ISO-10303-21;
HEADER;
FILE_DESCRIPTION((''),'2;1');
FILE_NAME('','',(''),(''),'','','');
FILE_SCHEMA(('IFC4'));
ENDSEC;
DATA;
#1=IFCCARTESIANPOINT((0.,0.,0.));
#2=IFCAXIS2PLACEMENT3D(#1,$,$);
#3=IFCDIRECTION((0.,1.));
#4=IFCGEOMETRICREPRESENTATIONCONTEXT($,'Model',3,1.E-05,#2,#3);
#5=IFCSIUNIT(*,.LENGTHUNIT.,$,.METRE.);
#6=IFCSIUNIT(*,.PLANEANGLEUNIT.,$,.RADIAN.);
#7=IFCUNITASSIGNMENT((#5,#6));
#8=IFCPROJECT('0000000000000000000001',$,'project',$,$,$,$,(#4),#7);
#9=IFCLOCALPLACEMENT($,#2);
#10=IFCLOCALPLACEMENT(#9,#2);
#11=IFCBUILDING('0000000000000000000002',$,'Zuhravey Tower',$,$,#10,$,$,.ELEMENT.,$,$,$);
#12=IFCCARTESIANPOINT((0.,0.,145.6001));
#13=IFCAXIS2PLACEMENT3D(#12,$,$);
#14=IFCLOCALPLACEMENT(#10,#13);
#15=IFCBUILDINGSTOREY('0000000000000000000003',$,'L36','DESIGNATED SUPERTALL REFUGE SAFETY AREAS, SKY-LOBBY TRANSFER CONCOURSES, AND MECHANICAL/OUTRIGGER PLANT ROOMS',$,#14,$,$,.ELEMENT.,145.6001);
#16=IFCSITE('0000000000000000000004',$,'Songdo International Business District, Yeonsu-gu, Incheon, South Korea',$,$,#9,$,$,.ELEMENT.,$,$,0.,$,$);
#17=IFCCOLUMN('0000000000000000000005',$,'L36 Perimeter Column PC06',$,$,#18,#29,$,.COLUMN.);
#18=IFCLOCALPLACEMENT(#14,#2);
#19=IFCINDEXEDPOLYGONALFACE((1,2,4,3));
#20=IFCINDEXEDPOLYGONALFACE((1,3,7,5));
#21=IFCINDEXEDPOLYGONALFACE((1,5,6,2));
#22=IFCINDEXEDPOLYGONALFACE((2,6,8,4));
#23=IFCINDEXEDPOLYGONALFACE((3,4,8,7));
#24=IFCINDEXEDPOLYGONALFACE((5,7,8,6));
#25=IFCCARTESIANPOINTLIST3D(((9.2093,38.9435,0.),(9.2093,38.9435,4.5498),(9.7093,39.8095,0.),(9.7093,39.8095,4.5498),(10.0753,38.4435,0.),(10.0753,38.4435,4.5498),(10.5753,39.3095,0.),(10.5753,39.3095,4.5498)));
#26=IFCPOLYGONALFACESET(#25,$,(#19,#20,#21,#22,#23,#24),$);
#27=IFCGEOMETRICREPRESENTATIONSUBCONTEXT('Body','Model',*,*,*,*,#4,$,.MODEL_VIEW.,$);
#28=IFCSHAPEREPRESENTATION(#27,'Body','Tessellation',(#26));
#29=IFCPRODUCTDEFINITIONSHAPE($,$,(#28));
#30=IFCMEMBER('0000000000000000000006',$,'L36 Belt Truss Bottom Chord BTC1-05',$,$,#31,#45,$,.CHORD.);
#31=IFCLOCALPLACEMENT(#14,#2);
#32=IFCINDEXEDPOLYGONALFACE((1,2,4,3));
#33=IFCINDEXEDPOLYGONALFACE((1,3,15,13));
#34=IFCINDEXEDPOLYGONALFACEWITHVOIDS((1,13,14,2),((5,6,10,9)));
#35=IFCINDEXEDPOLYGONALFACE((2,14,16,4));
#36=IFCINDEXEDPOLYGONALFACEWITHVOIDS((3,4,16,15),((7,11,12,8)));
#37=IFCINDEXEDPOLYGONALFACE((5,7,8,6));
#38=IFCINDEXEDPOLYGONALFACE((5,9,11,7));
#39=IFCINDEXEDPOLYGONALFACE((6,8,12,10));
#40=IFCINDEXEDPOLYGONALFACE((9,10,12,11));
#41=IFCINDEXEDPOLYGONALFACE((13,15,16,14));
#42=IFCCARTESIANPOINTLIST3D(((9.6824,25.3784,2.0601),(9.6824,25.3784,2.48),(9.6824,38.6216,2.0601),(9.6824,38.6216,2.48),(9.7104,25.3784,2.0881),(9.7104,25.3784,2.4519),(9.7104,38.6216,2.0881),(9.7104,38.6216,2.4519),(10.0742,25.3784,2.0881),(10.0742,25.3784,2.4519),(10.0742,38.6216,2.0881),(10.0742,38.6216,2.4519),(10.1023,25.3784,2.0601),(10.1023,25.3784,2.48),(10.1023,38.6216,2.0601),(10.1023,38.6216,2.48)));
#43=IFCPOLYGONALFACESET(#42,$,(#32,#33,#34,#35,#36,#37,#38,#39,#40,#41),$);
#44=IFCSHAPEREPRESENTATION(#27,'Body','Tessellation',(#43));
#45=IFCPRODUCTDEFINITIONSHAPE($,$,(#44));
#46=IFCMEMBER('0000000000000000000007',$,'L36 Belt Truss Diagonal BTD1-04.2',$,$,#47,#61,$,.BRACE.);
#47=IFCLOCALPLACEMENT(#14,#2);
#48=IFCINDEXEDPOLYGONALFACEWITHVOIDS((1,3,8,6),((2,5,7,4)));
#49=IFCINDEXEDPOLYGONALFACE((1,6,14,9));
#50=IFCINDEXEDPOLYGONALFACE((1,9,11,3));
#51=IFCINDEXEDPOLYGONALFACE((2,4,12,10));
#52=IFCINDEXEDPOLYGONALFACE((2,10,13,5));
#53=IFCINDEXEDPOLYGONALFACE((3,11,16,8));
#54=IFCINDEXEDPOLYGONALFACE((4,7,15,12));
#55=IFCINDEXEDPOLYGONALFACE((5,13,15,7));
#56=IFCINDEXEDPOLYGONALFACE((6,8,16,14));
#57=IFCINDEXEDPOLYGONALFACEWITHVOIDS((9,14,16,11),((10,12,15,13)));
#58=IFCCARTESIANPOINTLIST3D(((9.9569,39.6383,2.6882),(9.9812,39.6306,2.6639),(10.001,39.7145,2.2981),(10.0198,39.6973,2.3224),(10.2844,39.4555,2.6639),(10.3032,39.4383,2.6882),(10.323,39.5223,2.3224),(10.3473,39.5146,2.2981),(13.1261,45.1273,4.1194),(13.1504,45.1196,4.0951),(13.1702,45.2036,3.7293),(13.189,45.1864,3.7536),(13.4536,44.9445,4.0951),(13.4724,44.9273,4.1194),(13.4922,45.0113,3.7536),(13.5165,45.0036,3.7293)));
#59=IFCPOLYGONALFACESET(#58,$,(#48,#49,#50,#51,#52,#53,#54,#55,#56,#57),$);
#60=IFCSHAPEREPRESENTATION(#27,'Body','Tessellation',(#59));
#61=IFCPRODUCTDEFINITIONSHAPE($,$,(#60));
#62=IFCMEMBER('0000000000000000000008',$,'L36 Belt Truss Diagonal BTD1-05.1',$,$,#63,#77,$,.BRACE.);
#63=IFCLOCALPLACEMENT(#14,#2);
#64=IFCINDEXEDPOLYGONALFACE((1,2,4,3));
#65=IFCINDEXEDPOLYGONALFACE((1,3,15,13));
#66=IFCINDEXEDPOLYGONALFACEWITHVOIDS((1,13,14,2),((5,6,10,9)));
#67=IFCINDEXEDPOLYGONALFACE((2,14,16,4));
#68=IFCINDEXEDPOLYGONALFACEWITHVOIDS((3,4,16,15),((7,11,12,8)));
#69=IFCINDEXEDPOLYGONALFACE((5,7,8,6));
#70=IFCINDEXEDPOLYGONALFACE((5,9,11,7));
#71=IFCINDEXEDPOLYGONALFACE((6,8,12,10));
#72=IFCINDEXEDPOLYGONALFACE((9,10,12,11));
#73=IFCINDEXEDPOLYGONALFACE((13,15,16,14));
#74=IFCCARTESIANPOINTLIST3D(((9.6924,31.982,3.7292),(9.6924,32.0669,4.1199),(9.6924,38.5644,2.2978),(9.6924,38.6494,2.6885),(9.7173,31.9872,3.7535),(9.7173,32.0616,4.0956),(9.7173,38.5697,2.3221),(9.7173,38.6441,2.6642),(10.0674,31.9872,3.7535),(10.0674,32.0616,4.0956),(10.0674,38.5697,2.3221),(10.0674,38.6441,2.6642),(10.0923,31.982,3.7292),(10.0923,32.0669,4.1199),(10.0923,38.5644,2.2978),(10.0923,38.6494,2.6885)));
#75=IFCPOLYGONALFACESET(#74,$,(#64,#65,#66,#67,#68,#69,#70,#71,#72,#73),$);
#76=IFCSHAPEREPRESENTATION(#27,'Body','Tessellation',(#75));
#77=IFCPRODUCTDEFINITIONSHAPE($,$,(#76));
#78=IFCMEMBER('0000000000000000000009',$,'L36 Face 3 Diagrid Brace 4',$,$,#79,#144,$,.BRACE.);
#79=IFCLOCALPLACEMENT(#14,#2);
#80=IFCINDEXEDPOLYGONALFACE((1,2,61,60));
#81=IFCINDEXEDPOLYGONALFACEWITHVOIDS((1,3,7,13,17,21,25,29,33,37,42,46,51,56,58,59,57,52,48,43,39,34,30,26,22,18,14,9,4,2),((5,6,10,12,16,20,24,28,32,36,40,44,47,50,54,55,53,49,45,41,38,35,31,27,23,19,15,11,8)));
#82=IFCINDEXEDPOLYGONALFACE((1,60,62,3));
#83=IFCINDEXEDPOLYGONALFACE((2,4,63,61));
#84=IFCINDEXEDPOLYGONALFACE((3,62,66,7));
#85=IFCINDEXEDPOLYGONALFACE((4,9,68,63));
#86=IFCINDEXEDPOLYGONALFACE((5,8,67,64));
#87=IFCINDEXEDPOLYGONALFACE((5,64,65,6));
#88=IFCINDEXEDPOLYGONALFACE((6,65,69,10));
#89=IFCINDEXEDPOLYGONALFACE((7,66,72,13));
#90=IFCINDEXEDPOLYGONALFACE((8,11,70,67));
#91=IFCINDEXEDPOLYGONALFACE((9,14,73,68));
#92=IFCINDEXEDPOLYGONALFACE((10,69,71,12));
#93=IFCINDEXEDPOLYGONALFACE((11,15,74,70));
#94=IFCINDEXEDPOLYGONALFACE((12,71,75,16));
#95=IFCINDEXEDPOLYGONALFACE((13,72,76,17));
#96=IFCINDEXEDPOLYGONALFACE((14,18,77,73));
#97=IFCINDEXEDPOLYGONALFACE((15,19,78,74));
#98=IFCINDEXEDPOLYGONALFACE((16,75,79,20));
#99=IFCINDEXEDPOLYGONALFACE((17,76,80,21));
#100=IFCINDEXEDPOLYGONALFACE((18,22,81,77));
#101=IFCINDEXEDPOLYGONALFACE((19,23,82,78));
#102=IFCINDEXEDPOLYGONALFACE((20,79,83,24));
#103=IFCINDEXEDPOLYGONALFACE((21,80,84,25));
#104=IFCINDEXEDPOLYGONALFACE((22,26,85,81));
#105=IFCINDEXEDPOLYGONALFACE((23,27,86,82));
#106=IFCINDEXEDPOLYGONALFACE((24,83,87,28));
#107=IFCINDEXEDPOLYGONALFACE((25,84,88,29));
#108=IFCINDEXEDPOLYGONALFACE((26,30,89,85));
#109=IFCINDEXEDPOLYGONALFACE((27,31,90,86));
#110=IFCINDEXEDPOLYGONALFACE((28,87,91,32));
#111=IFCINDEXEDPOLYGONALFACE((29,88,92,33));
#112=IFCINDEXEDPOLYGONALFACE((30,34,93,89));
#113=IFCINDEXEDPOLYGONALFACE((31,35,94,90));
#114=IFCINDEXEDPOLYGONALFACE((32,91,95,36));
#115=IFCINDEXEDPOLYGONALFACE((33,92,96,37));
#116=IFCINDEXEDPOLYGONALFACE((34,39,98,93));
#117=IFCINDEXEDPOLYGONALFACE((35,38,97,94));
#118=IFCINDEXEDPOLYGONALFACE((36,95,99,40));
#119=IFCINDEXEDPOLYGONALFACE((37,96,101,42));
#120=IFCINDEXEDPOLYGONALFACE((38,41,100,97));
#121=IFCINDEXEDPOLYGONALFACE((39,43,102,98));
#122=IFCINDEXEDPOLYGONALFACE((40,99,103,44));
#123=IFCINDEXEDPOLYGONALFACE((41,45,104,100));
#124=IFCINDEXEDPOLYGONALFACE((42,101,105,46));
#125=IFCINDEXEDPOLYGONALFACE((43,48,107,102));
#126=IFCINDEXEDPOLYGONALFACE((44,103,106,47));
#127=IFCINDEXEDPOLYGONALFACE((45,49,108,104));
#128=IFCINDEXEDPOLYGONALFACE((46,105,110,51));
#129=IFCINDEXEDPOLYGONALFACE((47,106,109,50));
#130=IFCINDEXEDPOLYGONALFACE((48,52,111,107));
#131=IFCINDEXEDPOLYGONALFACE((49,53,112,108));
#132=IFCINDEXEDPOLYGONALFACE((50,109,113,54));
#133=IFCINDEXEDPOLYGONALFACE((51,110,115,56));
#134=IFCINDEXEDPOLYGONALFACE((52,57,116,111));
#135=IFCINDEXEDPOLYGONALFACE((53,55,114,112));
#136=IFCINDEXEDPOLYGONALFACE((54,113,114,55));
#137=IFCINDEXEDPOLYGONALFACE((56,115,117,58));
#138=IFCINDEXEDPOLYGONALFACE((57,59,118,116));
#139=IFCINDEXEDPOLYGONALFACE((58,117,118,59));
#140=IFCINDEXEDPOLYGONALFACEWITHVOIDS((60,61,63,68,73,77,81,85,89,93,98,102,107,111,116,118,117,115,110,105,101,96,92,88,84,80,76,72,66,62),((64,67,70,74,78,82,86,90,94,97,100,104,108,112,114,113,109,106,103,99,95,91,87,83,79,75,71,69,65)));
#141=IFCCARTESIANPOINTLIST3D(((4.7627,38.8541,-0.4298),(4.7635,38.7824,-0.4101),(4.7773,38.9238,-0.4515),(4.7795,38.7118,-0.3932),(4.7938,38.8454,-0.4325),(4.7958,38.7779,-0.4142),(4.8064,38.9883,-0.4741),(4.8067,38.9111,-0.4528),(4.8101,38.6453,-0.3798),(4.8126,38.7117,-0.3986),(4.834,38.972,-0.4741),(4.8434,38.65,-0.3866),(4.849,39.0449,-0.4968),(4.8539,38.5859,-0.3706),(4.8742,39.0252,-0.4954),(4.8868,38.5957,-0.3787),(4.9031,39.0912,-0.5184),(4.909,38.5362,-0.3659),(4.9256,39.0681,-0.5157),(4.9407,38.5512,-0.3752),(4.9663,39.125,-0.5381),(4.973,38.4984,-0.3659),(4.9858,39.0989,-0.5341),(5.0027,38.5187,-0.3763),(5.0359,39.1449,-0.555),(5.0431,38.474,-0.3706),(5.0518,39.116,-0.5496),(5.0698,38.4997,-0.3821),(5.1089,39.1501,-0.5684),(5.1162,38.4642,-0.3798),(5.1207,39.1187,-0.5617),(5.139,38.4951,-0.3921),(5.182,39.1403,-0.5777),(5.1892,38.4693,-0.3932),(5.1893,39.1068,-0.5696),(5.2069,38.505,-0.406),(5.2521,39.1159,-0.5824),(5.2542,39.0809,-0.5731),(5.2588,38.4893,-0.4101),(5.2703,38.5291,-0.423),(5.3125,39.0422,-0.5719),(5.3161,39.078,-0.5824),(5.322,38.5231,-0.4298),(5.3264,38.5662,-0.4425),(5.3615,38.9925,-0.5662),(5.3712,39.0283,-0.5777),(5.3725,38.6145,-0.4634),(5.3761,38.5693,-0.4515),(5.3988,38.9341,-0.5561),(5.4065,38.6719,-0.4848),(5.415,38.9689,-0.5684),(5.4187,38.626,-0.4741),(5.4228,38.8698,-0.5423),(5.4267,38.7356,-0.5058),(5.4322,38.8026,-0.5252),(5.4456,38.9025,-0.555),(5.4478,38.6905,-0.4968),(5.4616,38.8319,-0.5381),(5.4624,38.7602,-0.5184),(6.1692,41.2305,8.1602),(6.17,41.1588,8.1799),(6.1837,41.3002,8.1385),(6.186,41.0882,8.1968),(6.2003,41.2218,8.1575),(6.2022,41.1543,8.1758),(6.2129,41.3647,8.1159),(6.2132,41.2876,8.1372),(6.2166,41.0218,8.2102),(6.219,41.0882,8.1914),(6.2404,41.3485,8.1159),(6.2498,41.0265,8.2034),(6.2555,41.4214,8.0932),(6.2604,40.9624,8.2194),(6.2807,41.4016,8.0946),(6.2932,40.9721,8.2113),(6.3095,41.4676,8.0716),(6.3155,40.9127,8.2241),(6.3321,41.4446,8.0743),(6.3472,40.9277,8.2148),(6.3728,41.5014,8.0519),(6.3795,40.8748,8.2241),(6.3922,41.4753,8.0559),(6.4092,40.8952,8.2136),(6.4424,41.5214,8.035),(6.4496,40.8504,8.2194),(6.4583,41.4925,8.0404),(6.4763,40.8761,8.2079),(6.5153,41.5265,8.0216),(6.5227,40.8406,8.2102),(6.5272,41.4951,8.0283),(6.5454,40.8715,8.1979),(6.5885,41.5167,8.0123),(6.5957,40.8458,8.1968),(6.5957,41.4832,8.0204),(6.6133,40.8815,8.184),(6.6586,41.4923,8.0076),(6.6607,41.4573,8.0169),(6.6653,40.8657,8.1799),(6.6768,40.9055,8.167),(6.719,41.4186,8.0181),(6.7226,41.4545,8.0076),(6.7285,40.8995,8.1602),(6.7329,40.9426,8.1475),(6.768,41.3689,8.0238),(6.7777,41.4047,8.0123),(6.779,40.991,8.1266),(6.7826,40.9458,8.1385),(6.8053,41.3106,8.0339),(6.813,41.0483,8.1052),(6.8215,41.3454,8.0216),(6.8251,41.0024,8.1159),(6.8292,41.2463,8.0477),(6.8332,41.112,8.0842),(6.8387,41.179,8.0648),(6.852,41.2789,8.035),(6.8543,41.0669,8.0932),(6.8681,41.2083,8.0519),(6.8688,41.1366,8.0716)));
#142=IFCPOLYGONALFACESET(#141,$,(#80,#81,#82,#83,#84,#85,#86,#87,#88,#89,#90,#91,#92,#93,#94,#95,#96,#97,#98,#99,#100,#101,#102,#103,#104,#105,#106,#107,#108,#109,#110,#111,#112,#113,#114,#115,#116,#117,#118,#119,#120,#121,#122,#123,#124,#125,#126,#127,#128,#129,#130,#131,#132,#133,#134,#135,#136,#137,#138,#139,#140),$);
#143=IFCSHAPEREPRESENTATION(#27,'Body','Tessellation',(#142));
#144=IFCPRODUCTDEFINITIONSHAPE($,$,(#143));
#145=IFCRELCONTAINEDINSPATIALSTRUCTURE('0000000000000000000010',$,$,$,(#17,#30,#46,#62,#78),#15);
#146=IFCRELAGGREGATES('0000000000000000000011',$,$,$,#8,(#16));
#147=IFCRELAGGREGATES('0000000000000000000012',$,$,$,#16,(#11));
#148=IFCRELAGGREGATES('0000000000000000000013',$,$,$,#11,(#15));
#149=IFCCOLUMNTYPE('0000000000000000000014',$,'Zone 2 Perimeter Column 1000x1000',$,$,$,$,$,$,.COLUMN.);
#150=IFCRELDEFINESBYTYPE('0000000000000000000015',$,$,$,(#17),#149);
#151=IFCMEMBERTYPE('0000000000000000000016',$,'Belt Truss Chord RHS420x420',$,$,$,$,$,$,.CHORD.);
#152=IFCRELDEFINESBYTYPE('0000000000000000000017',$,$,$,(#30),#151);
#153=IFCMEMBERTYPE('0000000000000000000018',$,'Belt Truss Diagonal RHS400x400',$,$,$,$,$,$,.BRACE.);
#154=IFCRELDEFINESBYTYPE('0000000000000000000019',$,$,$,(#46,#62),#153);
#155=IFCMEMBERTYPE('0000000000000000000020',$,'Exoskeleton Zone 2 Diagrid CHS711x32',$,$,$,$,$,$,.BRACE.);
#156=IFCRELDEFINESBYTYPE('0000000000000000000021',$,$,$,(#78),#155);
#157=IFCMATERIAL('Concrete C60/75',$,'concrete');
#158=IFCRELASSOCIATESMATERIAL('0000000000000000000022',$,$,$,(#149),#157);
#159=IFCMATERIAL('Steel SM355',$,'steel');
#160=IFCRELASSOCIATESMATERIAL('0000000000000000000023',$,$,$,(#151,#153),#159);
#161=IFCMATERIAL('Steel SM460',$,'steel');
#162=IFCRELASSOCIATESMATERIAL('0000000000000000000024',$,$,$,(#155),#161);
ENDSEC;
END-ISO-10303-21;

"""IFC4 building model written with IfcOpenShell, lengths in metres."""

from ifc_helpers import new_model, si_unit, direction, frame, origin, origin_2d, place, context, subcontext, project, spatial, rectangle, hollow_rectangle, hollow_circle, extrude, material, material_profile, profile_set, type_object, element, save


model = new_model("IFC4")

# Units and contexts
model_context = context("Model", 3, precision=1e-05, world=origin(), true_north=direction((0.0, 1.0)))
body_context = subcontext(model_context, "Body", "Model", "MODEL_VIEW")
ifc_project = project(units=[si_unit("LENGTHUNIT", "METRE"), si_unit("PLANEANGLEUNIT", "RADIAN")], contexts=[model_context])

# Site, building, storey
site_placement = place(None, origin())
site = spatial("IfcSite", under=ifc_project, at=site_placement, Name="Songdo International Business District, Yeonsu-gu, Incheon, South Korea", CompositionType="ELEMENT", RefElevation=0.0)
building_placement = place(site_placement, origin())
building = spatial("IfcBuilding", under=site, at=building_placement, Name="Zuhravey Tower", CompositionType="ELEMENT")
storey_placement = place(building_placement, frame((0.0, 0.0, 145.6001)))
storey = spatial("IfcBuildingStorey", under=building, at=storey_placement, Name="L36", Description="DESIGNATED SUPERTALL REFUGE SAFETY AREAS, SKY-LOBBY TRANSFER CONCOURSES, AND MECHANICAL/OUTRIGGER PLANT ROOMS", CompositionType="ELEMENT", Elevation=145.6001)

# Column
ifc_material_1 = material(Name="Concrete C60/75", Category="concrete")
ifc_material_profile_1 = material_profile(ifc_material_1, rectangle(XDim=1.0, YDim=1.0, at=origin_2d()), Name="RC-1000x1000")
ifc_profile_set_1 = profile_set([ifc_material_profile_1], Name="Concrete C60/75")
column_type = type_object("IfcColumnType", Name="Zone 2 Perimeter Column 1000x1000", PredefinedType="COLUMN", material=ifc_profile_set_1)
column_placement = place(storey_placement, frame((9.8923, 39.1265, 0.0), z_axis=(0.0, 0.0, 1.0), x_axis=(-0.5, -0.866025, 0.0)))
element("IfcColumn", 1, at=column_placement, inside=storey, type_object=column_type, Name="L36 Perimeter Column PC06", PredefinedType="COLUMN", context=body_context, shape_type="SweptSolid", body=[
    extrude(rectangle(XDim=1.0, YDim=1.0, at=origin_2d()), origin(), (0.0, 0.0, 1.0), 4.5498),
])

# Members
ifc_material_2 = material(Name="Steel SM355", Category="steel")
ifc_material_profile_2 = material_profile(ifc_material_2, hollow_rectangle(XDim=0.4199, YDim=0.4199, WallThickness=0.0281, at=origin_2d()), Name="RHS-420x420x28")
ifc_profile_set_2 = profile_set([ifc_material_profile_2], Name="Steel SM355")
member_type_1 = type_object("IfcMemberType", Name="Belt Truss Chord RHS420x420", PredefinedType="CHORD", material=ifc_profile_set_2)
member_1_placement = place(storey_placement, frame((9.8923, 38.6216, 2.27), z_axis=(0.0, -1.0, 0.0), x_axis=(1.0, 0.0, 0.0)))
element("IfcMember", 2, at=member_1_placement, inside=storey, type_object=member_type_1, Name="L36 Belt Truss Bottom Chord BTC1-05", PredefinedType="CHORD", context=body_context, shape_type="SweptSolid", body=[
    extrude(hollow_rectangle(XDim=0.4199, YDim=0.4199, WallThickness=0.0281, at=origin_2d()), origin(), (0.0, 0.0, 1.0), 13.2432),
])
ifc_material_profile_3 = material_profile(ifc_material_2, hollow_rectangle(XDim=0.3999, YDim=0.3999, WallThickness=0.0249, at=origin_2d()), Name="RHS-400x400x25")
ifc_profile_set_3 = profile_set([ifc_material_profile_3], Name="Steel SM355")
member_type_2 = type_object("IfcMemberType", Name="Belt Truss Diagonal RHS400x400", PredefinedType="BRACE", material=ifc_profile_set_3)
member_2_placement = place(storey_placement, frame((10.1521, 39.5764, 2.4932), z_axis=(0.487734, 0.844751, 0.220252), x_axis=(-0.866018, 0.500013, 0.0)))
element("IfcMember", 3, at=member_2_placement, inside=storey, type_object=member_type_2, Name="L36 Belt Truss Diagonal BTD1-04.2", PredefinedType="BRACE", context=body_context, shape_type="SweptSolid", body=[
    extrude(hollow_rectangle(XDim=0.3999, YDim=0.3999, WallThickness=0.0249, at=origin_2d()), origin(), (0.0, 0.0, 1.0), 6.4978),
])
member_3_placement = place(storey_placement, frame((9.8923, 38.6069, 2.4932), z_axis=(0.0, -0.977164, 0.212488), x_axis=(1.0, 0.0, 0.0)))
element("IfcMember", 4, at=member_3_placement, inside=storey, type_object=member_type_2, Name="L36 Belt Truss Diagonal BTD1-05.1", PredefinedType="BRACE", context=body_context, shape_type="SweptSolid", body=[
    extrude(hollow_rectangle(XDim=0.3999, YDim=0.3999, WallThickness=0.0249, at=origin_2d()), origin(), (0.0, 0.0, 1.0), 6.7363),
])
ifc_material_3 = material(Name="Steel SM460", Category="steel")
ifc_material_profile_4 = material_profile(ifc_material_3, hollow_circle(Radius=0.3557, WallThickness=0.032, at=origin_2d()), Name="CHS-711.2x32")
ifc_profile_set_4 = profile_set([ifc_material_profile_4], Name="Steel SM460")
member_type_3 = type_object("IfcMemberType", Name="Exoskeleton Zone 2 Diagrid CHS711x32", PredefinedType="BRACE", material=ifc_profile_set_4)
member_4_placement = place(storey_placement, frame((5.1125, 38.8071, -0.4741), z_axis=(0.155878, 0.263377, 0.952016), x_axis=(-0.860574, 0.509325, 0.0)))
element("IfcMember", 5, at=member_4_placement, inside=storey, type_object=member_type_3, Name="L36 Face 3 Diagrid Brace 4", PredefinedType="BRACE", context=body_context, shape_type="SweptSolid", body=[
    extrude(hollow_circle(Radius=0.3557, WallThickness=0.032, at=origin_2d()), origin(), (0.0, 0.0, 1.0), 9.0229),
])

save(model, "model.ifc")
